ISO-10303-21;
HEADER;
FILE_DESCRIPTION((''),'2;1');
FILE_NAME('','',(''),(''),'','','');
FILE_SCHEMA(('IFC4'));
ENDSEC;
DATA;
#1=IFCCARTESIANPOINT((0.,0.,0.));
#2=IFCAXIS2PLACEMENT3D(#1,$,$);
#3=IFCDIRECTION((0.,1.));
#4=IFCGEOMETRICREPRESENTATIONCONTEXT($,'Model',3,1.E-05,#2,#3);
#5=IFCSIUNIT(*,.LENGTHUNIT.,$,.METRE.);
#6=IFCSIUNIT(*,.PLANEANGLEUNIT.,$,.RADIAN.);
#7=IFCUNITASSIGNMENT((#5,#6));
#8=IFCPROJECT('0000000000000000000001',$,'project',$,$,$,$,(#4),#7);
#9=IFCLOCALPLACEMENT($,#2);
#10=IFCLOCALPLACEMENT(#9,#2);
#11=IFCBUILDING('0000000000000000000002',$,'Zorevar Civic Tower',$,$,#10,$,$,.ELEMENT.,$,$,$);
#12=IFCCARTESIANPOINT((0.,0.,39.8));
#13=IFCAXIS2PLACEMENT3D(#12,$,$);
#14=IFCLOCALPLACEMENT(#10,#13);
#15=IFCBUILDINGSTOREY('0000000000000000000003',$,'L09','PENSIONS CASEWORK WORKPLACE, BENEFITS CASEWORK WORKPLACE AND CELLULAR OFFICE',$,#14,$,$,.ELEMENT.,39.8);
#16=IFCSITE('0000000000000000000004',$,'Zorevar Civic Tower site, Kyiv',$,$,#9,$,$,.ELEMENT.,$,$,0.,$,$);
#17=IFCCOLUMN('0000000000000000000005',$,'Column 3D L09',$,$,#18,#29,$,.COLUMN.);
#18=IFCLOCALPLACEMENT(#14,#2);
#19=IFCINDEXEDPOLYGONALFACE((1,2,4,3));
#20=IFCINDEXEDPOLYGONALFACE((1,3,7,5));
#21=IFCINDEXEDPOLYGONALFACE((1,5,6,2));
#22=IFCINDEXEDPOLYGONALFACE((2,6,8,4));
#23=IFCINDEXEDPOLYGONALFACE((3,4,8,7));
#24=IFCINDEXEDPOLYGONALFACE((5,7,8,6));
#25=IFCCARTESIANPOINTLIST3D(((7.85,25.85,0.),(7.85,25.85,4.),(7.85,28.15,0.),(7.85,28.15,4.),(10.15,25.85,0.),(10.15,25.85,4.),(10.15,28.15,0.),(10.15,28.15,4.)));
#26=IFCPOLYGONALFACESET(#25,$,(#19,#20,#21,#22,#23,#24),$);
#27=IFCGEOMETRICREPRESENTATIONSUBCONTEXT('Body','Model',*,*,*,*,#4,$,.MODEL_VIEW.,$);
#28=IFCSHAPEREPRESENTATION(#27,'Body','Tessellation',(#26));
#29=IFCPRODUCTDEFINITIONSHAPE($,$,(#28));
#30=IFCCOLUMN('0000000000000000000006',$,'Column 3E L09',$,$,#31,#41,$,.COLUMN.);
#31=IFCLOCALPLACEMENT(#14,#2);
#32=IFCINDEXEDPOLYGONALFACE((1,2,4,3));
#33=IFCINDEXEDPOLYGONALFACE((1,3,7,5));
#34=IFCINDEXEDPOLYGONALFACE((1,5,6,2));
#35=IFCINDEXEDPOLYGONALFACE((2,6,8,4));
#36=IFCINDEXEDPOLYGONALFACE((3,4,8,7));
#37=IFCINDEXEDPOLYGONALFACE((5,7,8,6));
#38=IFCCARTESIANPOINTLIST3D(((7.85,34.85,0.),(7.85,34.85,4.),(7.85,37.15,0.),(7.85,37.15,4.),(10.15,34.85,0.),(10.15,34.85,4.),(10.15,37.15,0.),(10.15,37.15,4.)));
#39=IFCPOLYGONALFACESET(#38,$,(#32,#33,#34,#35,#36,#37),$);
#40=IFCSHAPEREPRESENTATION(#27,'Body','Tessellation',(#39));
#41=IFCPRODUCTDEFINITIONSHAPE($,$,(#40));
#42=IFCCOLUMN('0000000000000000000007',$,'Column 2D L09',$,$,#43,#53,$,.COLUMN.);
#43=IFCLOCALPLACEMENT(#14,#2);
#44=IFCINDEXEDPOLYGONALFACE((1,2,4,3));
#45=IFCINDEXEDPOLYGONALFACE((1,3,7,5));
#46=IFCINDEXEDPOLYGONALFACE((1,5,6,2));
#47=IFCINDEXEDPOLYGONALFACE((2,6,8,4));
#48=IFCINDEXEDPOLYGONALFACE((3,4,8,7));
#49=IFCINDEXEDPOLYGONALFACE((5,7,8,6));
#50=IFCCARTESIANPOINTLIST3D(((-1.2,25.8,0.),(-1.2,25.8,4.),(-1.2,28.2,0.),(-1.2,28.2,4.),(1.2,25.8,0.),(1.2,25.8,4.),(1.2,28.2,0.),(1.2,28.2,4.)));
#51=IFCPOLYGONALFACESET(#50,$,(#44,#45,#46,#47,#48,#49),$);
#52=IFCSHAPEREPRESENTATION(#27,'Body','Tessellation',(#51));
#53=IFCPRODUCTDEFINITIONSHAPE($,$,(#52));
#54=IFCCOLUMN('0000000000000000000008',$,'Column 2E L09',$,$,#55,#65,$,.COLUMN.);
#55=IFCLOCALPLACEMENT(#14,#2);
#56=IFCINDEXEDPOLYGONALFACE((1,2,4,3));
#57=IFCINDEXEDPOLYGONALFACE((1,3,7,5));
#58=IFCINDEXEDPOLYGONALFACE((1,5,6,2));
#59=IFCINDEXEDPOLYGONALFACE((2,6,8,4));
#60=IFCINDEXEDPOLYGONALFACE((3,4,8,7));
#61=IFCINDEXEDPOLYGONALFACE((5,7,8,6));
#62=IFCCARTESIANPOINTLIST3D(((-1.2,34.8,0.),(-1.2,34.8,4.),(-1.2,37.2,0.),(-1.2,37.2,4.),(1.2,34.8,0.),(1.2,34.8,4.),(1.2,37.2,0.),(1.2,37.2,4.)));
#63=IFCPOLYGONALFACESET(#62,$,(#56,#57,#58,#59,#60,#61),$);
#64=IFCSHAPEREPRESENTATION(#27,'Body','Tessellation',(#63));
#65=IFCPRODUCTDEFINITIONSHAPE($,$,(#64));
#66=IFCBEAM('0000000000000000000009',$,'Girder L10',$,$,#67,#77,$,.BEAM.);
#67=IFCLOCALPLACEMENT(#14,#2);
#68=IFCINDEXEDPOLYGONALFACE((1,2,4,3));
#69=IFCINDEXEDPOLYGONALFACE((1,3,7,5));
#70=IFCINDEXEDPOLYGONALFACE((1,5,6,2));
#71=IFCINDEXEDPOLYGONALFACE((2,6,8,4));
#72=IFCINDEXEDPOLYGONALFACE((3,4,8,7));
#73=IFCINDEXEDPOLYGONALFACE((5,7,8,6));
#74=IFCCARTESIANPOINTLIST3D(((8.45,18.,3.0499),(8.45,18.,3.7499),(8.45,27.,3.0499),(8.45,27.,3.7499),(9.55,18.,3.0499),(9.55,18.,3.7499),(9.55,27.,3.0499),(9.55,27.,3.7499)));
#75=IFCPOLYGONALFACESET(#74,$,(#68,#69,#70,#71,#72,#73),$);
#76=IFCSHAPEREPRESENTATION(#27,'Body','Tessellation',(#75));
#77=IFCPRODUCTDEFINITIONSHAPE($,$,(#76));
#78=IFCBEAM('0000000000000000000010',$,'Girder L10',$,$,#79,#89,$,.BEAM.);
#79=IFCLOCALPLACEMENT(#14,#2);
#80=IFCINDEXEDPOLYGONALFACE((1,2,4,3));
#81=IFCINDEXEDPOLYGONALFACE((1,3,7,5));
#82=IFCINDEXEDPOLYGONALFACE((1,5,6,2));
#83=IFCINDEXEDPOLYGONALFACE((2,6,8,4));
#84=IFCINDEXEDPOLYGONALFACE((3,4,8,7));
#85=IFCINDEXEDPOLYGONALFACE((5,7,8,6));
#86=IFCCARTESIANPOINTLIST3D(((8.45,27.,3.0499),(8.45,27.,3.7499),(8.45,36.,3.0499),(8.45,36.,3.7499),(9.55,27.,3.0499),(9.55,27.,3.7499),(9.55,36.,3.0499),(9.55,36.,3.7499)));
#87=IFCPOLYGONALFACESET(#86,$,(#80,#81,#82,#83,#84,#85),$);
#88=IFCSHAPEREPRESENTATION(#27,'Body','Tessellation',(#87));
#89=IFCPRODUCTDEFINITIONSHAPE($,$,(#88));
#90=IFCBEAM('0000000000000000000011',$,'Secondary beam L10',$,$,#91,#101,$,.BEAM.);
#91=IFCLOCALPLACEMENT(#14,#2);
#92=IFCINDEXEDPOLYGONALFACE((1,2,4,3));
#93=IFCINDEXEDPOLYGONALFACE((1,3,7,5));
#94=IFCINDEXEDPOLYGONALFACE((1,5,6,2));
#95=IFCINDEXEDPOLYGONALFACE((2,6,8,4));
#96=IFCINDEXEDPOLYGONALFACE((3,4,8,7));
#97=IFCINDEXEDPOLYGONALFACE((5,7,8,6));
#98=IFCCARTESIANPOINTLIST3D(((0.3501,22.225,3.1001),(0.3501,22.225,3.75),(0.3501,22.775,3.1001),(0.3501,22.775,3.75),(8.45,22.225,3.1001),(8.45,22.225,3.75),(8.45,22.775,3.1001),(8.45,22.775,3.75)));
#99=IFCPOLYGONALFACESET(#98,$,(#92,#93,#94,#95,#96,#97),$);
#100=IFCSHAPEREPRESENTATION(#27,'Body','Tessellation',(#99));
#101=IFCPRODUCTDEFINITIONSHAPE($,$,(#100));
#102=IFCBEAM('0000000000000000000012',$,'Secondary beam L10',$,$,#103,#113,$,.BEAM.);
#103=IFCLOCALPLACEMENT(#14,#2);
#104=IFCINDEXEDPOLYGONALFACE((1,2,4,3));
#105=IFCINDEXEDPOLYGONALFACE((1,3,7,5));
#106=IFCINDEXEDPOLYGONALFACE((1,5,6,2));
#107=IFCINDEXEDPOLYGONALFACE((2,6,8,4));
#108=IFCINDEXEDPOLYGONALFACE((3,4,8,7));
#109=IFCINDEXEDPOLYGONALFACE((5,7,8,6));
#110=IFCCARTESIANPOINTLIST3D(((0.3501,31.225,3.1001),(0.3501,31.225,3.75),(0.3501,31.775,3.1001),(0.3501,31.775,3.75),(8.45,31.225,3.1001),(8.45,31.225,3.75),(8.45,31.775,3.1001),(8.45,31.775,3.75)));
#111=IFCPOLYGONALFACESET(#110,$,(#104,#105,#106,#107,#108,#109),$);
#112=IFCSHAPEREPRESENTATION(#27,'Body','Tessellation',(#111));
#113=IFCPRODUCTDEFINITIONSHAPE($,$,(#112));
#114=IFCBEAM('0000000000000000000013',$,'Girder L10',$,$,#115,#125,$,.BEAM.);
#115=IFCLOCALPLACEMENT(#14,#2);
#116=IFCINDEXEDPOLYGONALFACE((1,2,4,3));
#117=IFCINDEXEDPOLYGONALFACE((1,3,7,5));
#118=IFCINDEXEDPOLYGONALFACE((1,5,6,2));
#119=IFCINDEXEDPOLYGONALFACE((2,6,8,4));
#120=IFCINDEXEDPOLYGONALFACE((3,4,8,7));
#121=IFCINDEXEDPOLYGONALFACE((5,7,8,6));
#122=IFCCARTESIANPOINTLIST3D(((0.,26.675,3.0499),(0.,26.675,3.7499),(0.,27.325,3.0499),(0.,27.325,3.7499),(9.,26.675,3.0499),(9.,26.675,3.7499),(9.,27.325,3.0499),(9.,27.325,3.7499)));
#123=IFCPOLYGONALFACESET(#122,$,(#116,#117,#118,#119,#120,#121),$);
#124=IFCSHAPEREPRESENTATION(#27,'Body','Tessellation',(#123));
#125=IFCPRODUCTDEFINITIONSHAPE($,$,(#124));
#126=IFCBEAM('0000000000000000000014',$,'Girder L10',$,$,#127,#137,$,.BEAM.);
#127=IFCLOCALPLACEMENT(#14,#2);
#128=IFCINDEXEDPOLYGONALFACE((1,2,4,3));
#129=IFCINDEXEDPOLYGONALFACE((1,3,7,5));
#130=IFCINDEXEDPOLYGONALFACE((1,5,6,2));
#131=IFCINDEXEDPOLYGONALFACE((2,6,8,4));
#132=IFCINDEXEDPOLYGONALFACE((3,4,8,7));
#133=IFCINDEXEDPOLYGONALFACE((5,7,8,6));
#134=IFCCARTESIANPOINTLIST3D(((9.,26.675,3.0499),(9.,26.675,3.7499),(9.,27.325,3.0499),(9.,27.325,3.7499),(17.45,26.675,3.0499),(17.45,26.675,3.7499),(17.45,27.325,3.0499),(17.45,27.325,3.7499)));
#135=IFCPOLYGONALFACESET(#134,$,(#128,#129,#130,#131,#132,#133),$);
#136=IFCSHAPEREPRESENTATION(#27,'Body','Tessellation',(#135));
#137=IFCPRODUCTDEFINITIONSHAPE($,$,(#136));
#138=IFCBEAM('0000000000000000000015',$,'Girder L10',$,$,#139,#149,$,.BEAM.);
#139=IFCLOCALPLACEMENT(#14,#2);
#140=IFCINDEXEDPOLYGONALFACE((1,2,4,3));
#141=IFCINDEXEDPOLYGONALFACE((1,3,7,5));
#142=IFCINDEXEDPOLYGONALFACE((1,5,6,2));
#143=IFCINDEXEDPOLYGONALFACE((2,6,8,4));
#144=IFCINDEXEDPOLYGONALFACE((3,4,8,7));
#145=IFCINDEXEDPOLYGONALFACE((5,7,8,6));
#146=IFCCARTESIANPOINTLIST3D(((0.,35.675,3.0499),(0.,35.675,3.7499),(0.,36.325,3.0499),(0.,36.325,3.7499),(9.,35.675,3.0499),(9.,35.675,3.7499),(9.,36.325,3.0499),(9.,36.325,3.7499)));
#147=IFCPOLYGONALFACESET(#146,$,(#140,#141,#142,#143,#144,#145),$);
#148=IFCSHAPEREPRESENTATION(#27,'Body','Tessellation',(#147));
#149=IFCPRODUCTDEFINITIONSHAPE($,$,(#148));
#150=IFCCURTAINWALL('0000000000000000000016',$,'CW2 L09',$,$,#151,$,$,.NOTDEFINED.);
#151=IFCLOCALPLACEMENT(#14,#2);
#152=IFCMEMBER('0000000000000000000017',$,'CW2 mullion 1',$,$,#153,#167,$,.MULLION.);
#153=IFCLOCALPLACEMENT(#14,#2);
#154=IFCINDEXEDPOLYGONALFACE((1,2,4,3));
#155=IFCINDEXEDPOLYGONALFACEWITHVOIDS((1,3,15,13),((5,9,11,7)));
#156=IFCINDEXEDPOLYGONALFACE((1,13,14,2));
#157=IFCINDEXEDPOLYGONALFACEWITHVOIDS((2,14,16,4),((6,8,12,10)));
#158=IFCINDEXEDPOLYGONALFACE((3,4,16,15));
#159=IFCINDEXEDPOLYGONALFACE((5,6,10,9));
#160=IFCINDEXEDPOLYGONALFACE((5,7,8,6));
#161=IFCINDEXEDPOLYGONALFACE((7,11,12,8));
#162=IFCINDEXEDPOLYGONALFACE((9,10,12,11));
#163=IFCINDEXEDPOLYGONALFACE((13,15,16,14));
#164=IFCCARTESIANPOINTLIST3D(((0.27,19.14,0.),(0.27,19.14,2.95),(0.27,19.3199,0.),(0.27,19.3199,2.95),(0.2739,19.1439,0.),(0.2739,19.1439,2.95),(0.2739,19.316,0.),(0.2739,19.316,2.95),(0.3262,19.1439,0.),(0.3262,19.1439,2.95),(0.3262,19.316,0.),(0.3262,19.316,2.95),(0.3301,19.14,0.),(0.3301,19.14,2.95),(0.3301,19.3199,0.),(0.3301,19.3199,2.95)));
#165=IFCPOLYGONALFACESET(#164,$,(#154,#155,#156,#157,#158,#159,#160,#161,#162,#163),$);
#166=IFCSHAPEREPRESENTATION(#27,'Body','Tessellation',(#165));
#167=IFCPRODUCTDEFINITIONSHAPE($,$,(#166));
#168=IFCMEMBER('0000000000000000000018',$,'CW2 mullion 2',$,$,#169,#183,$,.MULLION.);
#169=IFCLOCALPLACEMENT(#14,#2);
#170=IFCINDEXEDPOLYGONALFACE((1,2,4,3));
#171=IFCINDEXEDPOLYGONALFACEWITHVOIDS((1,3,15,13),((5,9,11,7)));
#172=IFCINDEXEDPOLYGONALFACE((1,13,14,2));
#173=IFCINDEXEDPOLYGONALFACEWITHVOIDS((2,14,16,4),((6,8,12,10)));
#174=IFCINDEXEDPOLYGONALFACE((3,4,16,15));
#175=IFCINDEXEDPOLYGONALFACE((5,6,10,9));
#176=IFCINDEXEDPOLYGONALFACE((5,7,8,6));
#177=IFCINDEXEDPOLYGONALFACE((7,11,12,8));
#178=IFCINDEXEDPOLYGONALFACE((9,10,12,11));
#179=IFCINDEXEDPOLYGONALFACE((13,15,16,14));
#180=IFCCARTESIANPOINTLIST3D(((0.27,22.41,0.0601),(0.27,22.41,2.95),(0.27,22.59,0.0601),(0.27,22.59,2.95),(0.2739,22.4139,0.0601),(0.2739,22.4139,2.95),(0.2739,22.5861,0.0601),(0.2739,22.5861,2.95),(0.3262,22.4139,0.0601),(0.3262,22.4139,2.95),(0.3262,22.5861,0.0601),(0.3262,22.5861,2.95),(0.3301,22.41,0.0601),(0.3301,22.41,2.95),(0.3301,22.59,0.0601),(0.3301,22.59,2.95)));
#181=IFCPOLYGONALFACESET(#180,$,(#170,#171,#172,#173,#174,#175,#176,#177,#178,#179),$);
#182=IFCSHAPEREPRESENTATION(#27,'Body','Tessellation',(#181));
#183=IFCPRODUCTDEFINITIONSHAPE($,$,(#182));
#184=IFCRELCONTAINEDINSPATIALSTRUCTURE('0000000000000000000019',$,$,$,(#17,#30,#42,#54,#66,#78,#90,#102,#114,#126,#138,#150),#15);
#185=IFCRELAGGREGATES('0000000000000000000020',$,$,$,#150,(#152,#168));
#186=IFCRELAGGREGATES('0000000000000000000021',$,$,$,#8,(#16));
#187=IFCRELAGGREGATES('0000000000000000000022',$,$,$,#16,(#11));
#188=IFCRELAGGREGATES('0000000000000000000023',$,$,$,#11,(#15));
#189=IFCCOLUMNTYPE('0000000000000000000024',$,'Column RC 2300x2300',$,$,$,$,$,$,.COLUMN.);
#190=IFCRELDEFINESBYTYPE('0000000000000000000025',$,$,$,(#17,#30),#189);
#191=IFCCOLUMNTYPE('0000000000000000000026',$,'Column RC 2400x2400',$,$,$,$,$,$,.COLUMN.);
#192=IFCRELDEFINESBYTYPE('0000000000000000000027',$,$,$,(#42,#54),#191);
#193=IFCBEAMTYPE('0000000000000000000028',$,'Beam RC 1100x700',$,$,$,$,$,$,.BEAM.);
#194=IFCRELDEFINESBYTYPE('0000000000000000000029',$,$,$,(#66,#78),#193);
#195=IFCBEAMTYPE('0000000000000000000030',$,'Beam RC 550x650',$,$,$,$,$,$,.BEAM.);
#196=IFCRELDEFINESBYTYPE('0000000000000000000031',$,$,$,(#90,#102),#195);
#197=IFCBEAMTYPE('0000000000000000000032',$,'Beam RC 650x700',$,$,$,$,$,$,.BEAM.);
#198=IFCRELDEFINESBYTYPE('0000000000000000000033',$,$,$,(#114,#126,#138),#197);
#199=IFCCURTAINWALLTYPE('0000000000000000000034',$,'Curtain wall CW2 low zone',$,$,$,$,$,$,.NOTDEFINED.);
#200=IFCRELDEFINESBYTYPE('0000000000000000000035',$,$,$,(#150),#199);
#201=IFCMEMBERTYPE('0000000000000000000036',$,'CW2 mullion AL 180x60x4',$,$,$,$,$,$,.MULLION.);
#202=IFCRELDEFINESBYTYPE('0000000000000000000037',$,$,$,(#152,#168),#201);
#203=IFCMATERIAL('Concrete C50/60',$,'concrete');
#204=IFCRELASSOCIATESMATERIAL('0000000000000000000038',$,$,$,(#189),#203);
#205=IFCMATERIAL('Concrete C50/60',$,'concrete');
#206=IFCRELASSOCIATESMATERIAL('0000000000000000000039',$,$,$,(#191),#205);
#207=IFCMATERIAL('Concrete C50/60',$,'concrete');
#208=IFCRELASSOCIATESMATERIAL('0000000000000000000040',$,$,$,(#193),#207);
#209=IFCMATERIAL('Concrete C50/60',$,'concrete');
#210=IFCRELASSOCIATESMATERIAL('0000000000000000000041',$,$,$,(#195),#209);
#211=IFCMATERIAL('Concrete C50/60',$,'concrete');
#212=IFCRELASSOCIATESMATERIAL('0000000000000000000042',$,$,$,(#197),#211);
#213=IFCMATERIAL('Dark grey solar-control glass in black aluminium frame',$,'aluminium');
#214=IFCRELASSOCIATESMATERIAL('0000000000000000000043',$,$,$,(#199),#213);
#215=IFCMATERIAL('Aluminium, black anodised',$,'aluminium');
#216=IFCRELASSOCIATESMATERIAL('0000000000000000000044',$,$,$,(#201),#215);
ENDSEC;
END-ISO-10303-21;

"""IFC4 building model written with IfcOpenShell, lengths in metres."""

from ifc_helpers import new_model, si_unit, direction, frame, origin, origin_2d, place, context, subcontext, project, spatial, rectangle, hollow_rectangle, extrude, material, material_profile, profile_set, type_object, element, aggregate, save


model = new_model("IFC4")

# Units and contexts
model_context = context("Model", 3, precision=1e-05, world=origin(), true_north=direction((0.0, 1.0)))
body_context = subcontext(model_context, "Body", "Model", "MODEL_VIEW")
ifc_project = project(units=[si_unit("LENGTHUNIT", "METRE"), si_unit("PLANEANGLEUNIT", "RADIAN")], contexts=[model_context])

# Site, building, storey
site_placement = place(None, origin())
site = spatial("IfcSite", under=ifc_project, at=site_placement, Name="Zorevar Civic Tower site, Kyiv", CompositionType="ELEMENT", RefElevation=0.0)
building_placement = place(site_placement, origin())
building = spatial("IfcBuilding", under=site, at=building_placement, Name="Zorevar Civic Tower", CompositionType="ELEMENT")
storey_placement = place(building_placement, frame((0.0, 0.0, 39.8)))
storey = spatial("IfcBuildingStorey", under=building, at=storey_placement, Name="L09", Description="PENSIONS CASEWORK WORKPLACE, BENEFITS CASEWORK WORKPLACE AND CELLULAR OFFICE", CompositionType="ELEMENT", Elevation=39.8)

# Columns
ifc_material_1 = material(Name="Concrete C50/60", Category="concrete")
ifc_material_profile_1 = material_profile(ifc_material_1, rectangle(XDim=2.3, YDim=2.3, at=origin_2d()), Name="RC 2300x2300")
ifc_profile_set_1 = profile_set([ifc_material_profile_1], Name="Concrete C50/60")
column_type_1 = type_object("IfcColumnType", Name="Column RC 2300x2300", PredefinedType="COLUMN", material=ifc_profile_set_1)
for number, where, z_axis, x_axis, name in (
    (1, (9.0, 27.0, 0.0), (0.0, 0.0, 1.0), (1.0, 0.0, 0.0), "Column 3D L09"),
    (2, (9.0, 36.0, 0.0), (0.0, 0.0, 1.0), (1.0, 0.0, 0.0), "Column 3E L09"),
):
    element("IfcColumn", number, at=place(storey_placement, frame(where, z_axis=z_axis, x_axis=x_axis)), inside=storey, type_object=column_type_1, Name=name, PredefinedType="COLUMN", context=body_context, shape_type="SweptSolid", body=[
        extrude(rectangle(XDim=2.3, YDim=2.3, at=origin_2d()), origin(), (0.0, 0.0, 1.0), 4.0),
    ])
ifc_material_2 = material(Name="Concrete C50/60", Category="concrete")
ifc_material_profile_2 = material_profile(ifc_material_2, rectangle(XDim=2.3999, YDim=2.3999, at=origin_2d()), Name="RC 2400x2400")
ifc_profile_set_2 = profile_set([ifc_material_profile_2], Name="Concrete C50/60")
column_type_2 = type_object("IfcColumnType", Name="Column RC 2400x2400", PredefinedType="COLUMN", material=ifc_profile_set_2)
for number, where, z_axis, x_axis, name in (
    (3, (0.0, 27.0, 0.0), (0.0, 0.0, 1.0), (1.0, 0.0, 0.0), "Column 2D L09"),
    (4, (0.0, 36.0, 0.0), (0.0, 0.0, 1.0), (1.0, 0.0, 0.0), "Column 2E L09"),
):
    element("IfcColumn", number, at=place(storey_placement, frame(where, z_axis=z_axis, x_axis=x_axis)), inside=storey, type_object=column_type_2, Name=name, PredefinedType="COLUMN", context=body_context, shape_type="SweptSolid", body=[
        extrude(rectangle(XDim=2.3999, YDim=2.3999, at=origin_2d()), origin(), (0.0, 0.0, 1.0), 4.0),
    ])

# Beams
ifc_material_3 = material(Name="Concrete C50/60", Category="concrete")
ifc_material_profile_3 = material_profile(ifc_material_3, rectangle(XDim=1.1001, YDim=0.7, at=origin_2d()), Name="RC 1100x700")
ifc_profile_set_3 = profile_set([ifc_material_profile_3], Name="Concrete C50/60")
beam_type_1 = type_object("IfcBeamType", Name="Beam RC 1100x700", PredefinedType="BEAM", material=ifc_profile_set_3)
for number, where, z_axis, x_axis, name in (
    (5, (9.0, 18.0, 3.3999), (0.0, 1.0, 0.0), (-1.0, 0.0, 0.0), "Girder L10"),
    (6, (9.0, 27.0, 3.3999), (0.0, 1.0, 0.0), (-1.0, 0.0, 0.0), "Girder L10"),
):
    element("IfcBeam", number, at=place(storey_placement, frame(where, z_axis=z_axis, x_axis=x_axis)), inside=storey, type_object=beam_type_1, Name=name, PredefinedType="BEAM", context=body_context, shape_type="SweptSolid", body=[
        extrude(rectangle(XDim=1.1001, YDim=0.7, at=origin_2d()), origin(), (0.0, 0.0, 1.0), 9.0),
    ])
ifc_material_4 = material(Name="Concrete C50/60", Category="concrete")
ifc_material_profile_4 = material_profile(ifc_material_4, rectangle(XDim=0.55, YDim=0.6499, at=origin_2d()), Name="RC 550x650")
ifc_profile_set_4 = profile_set([ifc_material_profile_4], Name="Concrete C50/60")
beam_type_2 = type_object("IfcBeamType", Name="Beam RC 550x650", PredefinedType="BEAM", material=ifc_profile_set_4)
for number, where, z_axis, x_axis, name in (
    (7, (0.3501, 22.5, 3.425), (1.0, 0.0, 0.0), (0.0, 1.0, 0.0), "Secondary beam L10"),
    (8, (0.3501, 31.5, 3.425), (1.0, 0.0, 0.0), (0.0, 1.0, 0.0), "Secondary beam L10"),
):
    element("IfcBeam", number, at=place(storey_placement, frame(where, z_axis=z_axis, x_axis=x_axis)), inside=storey, type_object=beam_type_2, Name=name, PredefinedType="BEAM", context=body_context, shape_type="SweptSolid", body=[
        extrude(rectangle(XDim=0.55, YDim=0.6499, at=origin_2d()), origin(), (0.0, 0.0, 1.0), 8.0999),
    ])
ifc_material_5 = material(Name="Concrete C50/60", Category="concrete")
ifc_material_profile_5 = material_profile(ifc_material_5, rectangle(XDim=0.6499, YDim=0.7, at=origin_2d()), Name="RC 650x700")
ifc_profile_set_5 = profile_set([ifc_material_profile_5], Name="Concrete C50/60")
beam_type_3 = type_object("IfcBeamType", Name="Beam RC 650x700", PredefinedType="BEAM", material=ifc_profile_set_5)
beam_1_placement = place(storey_placement, frame((0.0, 27.0, 3.3999), z_axis=(1.0, 0.0, 0.0), x_axis=(0.0, 1.0, 0.0)))
element("IfcBeam", 9, at=beam_1_placement, inside=storey, type_object=beam_type_3, Name="Girder L10", PredefinedType="BEAM", context=body_context, shape_type="SweptSolid", body=[
    extrude(rectangle(XDim=0.6499, YDim=0.7, at=origin_2d()), origin(), (0.0, 0.0, 1.0), 9.0),
])
beam_2_placement = place(storey_placement, frame((9.0, 27.0, 3.3999), z_axis=(1.0, 0.0, 0.0), x_axis=(0.0, 1.0, 0.0)))
element("IfcBeam", 10, at=beam_2_placement, inside=storey, type_object=beam_type_3, Name="Girder L10", PredefinedType="BEAM", context=body_context, shape_type="SweptSolid", body=[
    extrude(rectangle(XDim=0.6499, YDim=0.7, at=origin_2d()), origin(), (0.0, 0.0, 1.0), 8.45),
])
beam_3_placement = place(storey_placement, frame((0.0, 36.0, 3.3999), z_axis=(1.0, 0.0, 0.0), x_axis=(0.0, 1.0, 0.0)))
element("IfcBeam", 11, at=beam_3_placement, inside=storey, type_object=beam_type_3, Name="Girder L10", PredefinedType="BEAM", context=body_context, shape_type="SweptSolid", body=[
    extrude(rectangle(XDim=0.6499, YDim=0.7, at=origin_2d()), origin(), (0.0, 0.0, 1.0), 9.0),
])

# Curtain wall, members
ifc_material_6 = material(Name="Dark grey solar-control glass in black aluminium frame", Category="aluminium")
curtain_wall_type = type_object("IfcCurtainWallType", Name="Curtain wall CW2 low zone", PredefinedType="NOTDEFINED", material=ifc_material_6)
curtain_wall_1_placement = place(storey_placement, origin())
curtain_wall_1 = element("IfcCurtainWall", 12, at=curtain_wall_1_placement, inside=storey, type_object=curtain_wall_type, Name="CW2 L09", PredefinedType="NOTDEFINED")
ifc_material_7 = material(Name="Aluminium, black anodised", Category="aluminium")
ifc_material_profile_6 = material_profile(ifc_material_7, hollow_rectangle(XDim=0.0601, YDim=0.1799, WallThickness=0.0039, at=origin_2d()), Name="AL 180x60x4")
ifc_profile_set_6 = profile_set([ifc_material_profile_6], Name="Aluminium, black anodised")
member_type_1 = type_object("IfcMemberType", Name="CW2 mullion AL 180x60x4", PredefinedType="MULLION", material=ifc_profile_set_6)
member_1_placement = place(storey_placement, frame((0.3, 19.23, 0.0), z_axis=(0.0, 0.0, 1.0), x_axis=(-1.0, 0.0, 0.0)))
member_1 = element("IfcMember", 13, at=member_1_placement, type_object=member_type_1, Name="CW2 mullion 1", PredefinedType="MULLION", context=body_context, shape_type="SweptSolid", body=[
    extrude(hollow_rectangle(XDim=0.0601, YDim=0.1799, WallThickness=0.0039, at=origin_2d()), origin(), (0.0, 0.0, 1.0), 2.95),
])
member_2_placement = place(storey_placement, frame((0.3, 22.5, 0.0601), z_axis=(0.0, 0.0, 1.0), x_axis=(-1.0, 0.0, 0.0)))
member_2 = element("IfcMember", 14, at=member_2_placement, type_object=member_type_1, Name="CW2 mullion 2", PredefinedType="MULLION", context=body_context, shape_type="SweptSolid", body=[
    extrude(hollow_rectangle(XDim=0.0601, YDim=0.1799, WallThickness=0.0039, at=origin_2d()), origin(), (0.0, 0.0, 1.0), 2.8899),
])

aggregate(curtain_wall_1, [member_1, member_2])

save(model, "model.ifc")
